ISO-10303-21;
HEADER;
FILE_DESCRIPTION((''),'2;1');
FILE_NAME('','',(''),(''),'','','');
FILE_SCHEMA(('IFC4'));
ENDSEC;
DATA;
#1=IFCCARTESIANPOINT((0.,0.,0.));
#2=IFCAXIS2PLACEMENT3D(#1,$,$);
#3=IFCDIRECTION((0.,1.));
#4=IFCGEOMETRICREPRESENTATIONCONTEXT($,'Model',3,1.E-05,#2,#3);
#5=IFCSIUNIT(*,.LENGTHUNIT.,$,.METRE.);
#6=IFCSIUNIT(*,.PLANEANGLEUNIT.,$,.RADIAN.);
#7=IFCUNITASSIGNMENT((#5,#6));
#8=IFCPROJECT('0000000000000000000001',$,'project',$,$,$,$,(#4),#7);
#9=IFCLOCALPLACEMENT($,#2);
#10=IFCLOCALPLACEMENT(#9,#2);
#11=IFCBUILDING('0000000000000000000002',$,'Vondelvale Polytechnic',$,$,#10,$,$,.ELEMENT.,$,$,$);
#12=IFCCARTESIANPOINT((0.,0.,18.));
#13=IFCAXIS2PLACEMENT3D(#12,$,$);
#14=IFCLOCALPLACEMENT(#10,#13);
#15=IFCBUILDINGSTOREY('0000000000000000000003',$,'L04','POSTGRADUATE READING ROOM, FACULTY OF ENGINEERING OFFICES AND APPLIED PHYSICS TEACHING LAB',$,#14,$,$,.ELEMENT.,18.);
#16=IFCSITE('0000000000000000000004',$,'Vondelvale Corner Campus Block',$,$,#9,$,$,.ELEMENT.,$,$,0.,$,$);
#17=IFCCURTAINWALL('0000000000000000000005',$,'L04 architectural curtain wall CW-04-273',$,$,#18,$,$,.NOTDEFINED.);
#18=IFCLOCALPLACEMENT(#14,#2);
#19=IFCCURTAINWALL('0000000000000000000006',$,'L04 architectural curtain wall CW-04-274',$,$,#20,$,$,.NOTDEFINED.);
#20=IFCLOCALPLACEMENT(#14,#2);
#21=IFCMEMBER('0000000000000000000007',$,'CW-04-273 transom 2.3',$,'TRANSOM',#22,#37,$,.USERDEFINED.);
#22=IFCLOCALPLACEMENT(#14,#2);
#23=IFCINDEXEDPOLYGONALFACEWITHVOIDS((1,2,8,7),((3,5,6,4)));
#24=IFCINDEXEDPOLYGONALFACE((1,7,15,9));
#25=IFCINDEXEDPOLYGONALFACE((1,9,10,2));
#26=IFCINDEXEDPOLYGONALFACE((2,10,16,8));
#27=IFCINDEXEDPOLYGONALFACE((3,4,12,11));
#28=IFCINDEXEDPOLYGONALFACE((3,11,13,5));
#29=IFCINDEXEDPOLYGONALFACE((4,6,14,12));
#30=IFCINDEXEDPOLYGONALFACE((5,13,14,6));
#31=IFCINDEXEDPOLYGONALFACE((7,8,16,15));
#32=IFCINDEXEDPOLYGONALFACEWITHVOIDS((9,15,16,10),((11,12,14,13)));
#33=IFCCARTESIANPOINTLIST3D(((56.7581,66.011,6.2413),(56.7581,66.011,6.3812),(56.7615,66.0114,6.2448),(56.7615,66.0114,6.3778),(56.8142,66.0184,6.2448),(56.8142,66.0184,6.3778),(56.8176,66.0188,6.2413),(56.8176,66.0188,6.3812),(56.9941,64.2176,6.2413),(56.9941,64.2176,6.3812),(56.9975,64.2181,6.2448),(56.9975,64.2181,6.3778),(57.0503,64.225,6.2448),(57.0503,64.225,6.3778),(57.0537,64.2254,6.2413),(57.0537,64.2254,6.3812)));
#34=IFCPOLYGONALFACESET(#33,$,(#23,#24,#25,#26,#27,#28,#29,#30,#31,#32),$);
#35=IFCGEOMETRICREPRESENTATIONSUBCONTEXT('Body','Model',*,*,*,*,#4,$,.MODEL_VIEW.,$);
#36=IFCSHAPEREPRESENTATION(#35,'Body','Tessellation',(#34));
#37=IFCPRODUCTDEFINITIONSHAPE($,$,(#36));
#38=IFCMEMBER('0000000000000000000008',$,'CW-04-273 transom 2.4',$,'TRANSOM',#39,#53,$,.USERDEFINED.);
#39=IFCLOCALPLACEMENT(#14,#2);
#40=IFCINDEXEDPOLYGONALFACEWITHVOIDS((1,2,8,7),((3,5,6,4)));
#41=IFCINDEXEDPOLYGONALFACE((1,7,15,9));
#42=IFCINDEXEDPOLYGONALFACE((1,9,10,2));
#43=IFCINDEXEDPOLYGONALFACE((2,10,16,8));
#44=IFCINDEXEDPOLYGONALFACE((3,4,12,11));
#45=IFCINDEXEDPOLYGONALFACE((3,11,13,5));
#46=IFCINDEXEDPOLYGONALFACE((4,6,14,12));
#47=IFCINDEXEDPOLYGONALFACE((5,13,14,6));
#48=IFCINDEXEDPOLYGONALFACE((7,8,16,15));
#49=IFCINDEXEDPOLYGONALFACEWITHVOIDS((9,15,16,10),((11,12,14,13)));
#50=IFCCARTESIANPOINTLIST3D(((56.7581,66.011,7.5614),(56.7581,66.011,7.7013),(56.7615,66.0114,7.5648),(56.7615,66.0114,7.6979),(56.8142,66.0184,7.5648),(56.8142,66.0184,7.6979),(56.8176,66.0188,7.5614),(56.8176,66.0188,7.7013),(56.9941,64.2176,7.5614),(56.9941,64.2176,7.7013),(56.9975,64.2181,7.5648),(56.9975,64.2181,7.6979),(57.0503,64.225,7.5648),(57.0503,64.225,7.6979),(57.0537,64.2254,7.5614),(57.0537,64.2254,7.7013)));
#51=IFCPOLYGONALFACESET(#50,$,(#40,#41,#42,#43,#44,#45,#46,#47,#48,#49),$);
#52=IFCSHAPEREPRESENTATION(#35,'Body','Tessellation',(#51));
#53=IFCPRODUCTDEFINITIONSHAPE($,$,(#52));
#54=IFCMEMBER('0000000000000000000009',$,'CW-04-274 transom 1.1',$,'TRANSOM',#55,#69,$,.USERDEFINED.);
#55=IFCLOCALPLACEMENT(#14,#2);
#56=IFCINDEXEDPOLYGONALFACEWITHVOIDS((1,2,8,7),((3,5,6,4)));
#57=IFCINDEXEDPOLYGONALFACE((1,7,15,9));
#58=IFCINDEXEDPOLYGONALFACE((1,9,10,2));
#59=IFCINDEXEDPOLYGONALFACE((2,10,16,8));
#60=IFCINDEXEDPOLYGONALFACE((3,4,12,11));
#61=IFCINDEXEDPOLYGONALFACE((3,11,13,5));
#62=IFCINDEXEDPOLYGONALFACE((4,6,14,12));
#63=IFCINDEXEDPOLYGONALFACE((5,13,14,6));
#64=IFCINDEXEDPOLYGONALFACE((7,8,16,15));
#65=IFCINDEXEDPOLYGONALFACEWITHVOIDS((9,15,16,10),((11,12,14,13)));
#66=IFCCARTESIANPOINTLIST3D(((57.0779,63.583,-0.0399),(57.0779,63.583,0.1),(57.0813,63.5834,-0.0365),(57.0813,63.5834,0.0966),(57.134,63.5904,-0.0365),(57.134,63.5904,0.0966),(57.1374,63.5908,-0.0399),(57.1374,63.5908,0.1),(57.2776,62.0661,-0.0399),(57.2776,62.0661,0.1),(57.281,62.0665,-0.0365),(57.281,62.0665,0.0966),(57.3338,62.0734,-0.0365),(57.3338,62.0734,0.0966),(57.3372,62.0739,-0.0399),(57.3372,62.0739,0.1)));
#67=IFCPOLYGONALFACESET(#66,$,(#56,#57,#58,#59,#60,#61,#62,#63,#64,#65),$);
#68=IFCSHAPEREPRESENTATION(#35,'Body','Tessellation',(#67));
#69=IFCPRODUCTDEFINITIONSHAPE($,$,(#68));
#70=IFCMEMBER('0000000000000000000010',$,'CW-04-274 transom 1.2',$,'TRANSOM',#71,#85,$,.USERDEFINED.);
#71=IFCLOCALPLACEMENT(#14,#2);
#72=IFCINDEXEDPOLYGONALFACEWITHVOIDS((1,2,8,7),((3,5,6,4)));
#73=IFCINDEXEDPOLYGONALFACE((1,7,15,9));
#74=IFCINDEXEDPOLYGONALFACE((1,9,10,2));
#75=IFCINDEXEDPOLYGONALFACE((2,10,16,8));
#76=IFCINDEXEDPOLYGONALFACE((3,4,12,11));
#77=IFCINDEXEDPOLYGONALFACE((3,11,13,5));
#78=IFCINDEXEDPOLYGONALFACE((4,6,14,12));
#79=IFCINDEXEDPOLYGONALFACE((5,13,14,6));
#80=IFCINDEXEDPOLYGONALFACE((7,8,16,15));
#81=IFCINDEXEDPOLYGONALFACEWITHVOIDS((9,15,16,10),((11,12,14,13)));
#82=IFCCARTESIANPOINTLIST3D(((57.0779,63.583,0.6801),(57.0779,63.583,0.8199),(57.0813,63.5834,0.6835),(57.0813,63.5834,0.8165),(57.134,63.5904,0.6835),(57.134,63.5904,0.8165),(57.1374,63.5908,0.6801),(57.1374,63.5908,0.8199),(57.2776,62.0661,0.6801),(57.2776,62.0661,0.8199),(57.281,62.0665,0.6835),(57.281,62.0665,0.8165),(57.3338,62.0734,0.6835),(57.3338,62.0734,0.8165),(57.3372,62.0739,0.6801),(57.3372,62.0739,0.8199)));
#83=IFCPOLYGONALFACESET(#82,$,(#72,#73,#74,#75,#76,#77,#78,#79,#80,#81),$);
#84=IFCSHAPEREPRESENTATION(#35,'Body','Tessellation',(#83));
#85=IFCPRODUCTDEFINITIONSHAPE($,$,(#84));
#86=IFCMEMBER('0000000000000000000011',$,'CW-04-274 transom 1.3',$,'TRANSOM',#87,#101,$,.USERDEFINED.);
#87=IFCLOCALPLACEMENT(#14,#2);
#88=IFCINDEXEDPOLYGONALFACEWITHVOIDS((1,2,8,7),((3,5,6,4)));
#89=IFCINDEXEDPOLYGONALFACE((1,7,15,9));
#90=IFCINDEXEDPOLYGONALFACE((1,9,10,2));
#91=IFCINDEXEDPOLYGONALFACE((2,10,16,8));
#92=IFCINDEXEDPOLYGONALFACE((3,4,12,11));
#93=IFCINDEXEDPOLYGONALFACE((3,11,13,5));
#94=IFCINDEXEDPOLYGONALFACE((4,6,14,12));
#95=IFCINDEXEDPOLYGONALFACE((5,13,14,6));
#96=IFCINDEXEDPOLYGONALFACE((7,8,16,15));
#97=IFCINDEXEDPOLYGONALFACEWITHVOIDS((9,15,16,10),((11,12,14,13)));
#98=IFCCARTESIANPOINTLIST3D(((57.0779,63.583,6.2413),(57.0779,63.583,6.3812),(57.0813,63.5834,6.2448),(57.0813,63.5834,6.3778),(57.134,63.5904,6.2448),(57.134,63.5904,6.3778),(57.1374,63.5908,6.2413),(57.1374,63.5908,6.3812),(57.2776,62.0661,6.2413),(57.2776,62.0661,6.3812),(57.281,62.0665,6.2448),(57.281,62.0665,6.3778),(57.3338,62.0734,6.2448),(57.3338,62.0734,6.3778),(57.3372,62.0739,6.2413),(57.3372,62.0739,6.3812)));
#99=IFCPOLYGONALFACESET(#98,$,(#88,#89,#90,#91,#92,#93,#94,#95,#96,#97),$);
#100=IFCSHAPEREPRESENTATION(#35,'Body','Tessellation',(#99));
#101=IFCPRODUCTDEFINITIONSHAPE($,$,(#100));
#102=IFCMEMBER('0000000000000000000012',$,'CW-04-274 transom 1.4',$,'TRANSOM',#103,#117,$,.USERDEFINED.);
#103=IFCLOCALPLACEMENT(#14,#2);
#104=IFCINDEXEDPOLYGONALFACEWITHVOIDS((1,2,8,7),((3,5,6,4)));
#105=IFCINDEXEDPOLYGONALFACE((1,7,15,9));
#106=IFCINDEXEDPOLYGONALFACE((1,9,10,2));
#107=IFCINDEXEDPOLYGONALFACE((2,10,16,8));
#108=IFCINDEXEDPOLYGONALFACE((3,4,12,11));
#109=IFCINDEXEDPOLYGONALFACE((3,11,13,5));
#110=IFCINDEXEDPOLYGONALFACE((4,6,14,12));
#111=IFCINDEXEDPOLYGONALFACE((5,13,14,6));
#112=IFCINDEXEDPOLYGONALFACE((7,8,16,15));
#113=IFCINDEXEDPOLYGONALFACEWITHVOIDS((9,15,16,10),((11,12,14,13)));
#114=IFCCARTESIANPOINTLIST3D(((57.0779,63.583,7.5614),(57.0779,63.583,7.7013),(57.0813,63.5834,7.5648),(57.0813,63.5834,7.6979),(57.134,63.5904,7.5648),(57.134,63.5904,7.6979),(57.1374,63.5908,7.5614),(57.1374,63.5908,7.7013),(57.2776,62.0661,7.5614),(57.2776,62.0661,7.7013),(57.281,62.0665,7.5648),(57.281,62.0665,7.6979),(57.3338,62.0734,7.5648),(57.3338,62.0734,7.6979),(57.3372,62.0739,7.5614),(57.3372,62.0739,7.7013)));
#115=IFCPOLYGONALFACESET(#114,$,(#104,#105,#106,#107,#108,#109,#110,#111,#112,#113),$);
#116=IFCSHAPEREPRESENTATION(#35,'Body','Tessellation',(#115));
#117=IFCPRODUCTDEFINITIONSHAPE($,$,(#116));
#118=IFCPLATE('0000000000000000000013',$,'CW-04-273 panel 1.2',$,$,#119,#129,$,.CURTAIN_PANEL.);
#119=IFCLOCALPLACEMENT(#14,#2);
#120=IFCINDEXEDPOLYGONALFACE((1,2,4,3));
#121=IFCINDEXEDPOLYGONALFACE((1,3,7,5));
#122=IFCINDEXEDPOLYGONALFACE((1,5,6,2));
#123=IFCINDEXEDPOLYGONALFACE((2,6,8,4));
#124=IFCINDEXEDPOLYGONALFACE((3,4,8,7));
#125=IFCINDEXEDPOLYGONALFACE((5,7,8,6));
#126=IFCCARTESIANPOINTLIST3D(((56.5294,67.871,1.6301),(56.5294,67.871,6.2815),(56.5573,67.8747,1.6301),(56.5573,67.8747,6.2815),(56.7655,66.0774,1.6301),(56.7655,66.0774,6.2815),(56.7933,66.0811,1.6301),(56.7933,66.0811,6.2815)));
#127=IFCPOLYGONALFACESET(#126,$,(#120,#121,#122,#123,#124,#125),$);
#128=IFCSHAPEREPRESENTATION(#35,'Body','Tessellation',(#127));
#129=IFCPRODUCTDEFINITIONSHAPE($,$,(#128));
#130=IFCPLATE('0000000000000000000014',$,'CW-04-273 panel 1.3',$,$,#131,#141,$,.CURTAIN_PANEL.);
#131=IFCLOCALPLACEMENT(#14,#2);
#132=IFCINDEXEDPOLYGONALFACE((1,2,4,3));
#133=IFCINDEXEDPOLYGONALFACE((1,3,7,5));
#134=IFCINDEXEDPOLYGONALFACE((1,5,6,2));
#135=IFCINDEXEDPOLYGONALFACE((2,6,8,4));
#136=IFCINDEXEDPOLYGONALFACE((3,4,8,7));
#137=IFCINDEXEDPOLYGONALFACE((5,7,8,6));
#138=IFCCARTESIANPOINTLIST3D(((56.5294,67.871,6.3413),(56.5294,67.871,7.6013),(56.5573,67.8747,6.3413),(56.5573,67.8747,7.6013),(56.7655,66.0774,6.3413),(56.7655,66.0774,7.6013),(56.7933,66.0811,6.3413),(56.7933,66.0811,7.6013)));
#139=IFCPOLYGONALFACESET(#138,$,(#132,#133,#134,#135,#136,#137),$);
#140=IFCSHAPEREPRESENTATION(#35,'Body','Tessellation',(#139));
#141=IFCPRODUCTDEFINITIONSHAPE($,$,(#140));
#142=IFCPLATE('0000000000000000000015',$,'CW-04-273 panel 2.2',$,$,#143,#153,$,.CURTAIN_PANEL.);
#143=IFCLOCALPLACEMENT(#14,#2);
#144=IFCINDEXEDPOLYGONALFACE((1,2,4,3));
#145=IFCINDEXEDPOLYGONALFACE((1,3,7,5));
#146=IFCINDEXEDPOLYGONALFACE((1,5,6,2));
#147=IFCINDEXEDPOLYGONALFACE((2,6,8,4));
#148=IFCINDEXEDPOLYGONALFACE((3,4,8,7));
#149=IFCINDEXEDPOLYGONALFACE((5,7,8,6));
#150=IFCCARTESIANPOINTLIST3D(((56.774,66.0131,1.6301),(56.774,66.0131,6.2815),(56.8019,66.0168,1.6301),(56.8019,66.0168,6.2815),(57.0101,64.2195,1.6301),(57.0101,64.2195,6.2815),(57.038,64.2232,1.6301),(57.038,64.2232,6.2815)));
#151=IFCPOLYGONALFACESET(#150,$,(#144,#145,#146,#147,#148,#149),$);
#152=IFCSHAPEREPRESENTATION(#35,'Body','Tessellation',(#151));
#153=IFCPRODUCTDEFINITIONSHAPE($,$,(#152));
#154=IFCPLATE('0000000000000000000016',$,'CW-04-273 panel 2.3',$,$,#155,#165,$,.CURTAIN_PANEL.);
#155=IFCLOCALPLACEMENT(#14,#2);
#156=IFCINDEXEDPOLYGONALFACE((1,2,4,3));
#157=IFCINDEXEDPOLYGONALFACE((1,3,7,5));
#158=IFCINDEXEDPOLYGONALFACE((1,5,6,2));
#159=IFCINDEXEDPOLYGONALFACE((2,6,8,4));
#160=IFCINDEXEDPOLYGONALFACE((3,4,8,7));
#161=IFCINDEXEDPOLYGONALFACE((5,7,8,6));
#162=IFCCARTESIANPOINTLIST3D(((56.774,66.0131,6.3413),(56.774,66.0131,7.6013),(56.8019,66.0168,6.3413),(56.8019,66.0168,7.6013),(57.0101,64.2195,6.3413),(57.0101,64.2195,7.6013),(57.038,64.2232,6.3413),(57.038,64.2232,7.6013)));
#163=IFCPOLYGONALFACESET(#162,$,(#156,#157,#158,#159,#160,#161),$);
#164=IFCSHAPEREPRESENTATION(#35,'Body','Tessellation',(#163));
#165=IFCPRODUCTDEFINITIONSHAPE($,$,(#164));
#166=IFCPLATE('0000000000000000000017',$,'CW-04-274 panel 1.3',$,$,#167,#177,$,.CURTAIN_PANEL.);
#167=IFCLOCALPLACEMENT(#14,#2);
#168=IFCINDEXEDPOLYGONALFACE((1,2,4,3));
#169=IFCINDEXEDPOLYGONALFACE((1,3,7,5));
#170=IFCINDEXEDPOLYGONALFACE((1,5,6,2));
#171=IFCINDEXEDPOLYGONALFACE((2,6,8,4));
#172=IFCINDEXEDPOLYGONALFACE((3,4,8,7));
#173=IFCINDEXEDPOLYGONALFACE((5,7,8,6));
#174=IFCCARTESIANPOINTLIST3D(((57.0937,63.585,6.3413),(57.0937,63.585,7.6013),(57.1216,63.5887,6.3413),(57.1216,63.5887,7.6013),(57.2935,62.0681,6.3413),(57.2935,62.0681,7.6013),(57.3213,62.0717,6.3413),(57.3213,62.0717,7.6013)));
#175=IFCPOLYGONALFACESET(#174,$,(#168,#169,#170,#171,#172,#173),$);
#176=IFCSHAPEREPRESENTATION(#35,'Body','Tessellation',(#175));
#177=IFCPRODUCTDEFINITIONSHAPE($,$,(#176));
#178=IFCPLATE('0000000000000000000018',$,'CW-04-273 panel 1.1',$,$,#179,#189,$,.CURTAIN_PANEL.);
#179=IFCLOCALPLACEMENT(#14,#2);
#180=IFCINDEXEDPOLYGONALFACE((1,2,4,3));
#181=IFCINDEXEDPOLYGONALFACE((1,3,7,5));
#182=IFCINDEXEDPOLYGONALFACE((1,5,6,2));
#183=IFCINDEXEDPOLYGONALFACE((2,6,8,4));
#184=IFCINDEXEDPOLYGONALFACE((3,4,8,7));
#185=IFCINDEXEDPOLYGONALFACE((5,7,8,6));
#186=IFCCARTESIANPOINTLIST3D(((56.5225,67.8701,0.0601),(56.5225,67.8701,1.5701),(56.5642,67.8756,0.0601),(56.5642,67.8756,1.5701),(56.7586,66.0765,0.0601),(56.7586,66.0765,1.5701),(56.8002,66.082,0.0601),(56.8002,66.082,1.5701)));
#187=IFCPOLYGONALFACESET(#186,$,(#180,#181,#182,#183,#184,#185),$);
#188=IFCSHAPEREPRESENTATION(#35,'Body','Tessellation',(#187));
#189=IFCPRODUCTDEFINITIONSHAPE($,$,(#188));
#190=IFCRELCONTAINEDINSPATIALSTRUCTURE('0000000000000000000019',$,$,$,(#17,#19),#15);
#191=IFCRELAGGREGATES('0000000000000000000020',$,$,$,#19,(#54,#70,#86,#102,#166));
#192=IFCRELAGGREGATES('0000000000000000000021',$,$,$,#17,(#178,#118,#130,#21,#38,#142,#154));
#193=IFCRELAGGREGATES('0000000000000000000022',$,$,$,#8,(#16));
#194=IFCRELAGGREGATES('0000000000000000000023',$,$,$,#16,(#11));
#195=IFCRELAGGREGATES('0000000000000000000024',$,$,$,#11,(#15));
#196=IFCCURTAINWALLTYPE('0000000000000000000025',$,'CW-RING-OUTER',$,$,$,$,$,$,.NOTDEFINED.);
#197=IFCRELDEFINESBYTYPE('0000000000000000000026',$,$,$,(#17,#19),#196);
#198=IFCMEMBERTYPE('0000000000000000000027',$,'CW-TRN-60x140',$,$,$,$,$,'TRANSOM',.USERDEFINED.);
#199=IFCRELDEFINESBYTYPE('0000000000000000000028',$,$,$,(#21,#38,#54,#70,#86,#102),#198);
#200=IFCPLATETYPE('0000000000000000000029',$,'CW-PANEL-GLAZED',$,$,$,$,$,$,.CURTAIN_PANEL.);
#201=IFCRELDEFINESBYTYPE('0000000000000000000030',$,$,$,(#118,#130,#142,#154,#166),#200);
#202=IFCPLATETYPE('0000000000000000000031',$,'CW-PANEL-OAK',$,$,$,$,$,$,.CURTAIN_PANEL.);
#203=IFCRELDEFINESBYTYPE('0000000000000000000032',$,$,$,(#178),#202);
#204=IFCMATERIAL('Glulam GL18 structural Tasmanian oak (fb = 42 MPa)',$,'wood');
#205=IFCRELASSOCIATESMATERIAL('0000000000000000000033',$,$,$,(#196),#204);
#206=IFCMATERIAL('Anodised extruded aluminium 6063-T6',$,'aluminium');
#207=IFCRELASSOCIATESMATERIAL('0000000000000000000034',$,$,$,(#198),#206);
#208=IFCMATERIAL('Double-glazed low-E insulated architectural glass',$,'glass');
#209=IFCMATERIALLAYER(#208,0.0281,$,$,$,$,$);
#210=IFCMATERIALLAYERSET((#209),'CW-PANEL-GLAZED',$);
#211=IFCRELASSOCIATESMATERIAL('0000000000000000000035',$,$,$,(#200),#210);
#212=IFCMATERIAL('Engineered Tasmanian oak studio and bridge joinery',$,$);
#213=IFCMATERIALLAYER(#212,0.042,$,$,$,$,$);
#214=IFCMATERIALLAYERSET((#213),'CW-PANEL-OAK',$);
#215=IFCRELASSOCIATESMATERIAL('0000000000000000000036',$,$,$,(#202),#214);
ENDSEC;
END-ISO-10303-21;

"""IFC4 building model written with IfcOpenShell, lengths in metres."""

from ifc_helpers import new_model, si_unit, direction, frame, origin, origin_2d, place, context, subcontext, project, spatial, rectangle, hollow_rectangle, extrude, material, layer, layer_set, material_profile, profile_set, type_object, element, aggregate, save


model = new_model("IFC4")

# Units and contexts
model_context = context("Model", 3, precision=1e-05, world=origin(), true_north=direction((0.0, 1.0)))
body_context = subcontext(model_context, "Body", "Model", "MODEL_VIEW")
ifc_project = project(units=[si_unit("LENGTHUNIT", "METRE"), si_unit("PLANEANGLEUNIT", "RADIAN")], contexts=[model_context])

# Site, building, storey
site_placement = place(None, origin())
site = spatial("IfcSite", under=ifc_project, at=site_placement, Name="Vondelvale Corner Campus Block", CompositionType="ELEMENT", RefElevation=0.0)
building_placement = place(site_placement, origin())
building = spatial("IfcBuilding", under=site, at=building_placement, Name="Vondelvale Polytechnic", CompositionType="ELEMENT")
storey_placement = place(building_placement, frame((0.0, 0.0, 18.0)))
storey = spatial("IfcBuildingStorey", under=building, at=storey_placement, Name="L04", Description="POSTGRADUATE READING ROOM, FACULTY OF ENGINEERING OFFICES AND APPLIED PHYSICS TEACHING LAB", CompositionType="ELEMENT", Elevation=18.0)

# Shared definitions
ifc_material_1 = material(Name="Glulam GL18 structural Tasmanian oak (fb = 42 MPa)", Category="wood")

# Curtain wall
curtain_wall_type = type_object("IfcCurtainWallType", Name="CW-RING-OUTER", PredefinedType="NOTDEFINED", material=ifc_material_1)
curtain_wall_1_placement = place(storey_placement, origin())
curtain_wall_1 = element("IfcCurtainWall", 1, at=curtain_wall_1_placement, inside=storey, type_object=curtain_wall_type, Name="L04 architectural curtain wall CW-04-273", PredefinedType="NOTDEFINED")
ifc_material_2 = material(Name="Anodised extruded aluminium 6063-T6", Category="aluminium")

# Curtain wall
curtain_wall_2_placement = place(storey_placement, origin())
curtain_wall_2 = element("IfcCurtainWall", 2, at=curtain_wall_2_placement, inside=storey, type_object=curtain_wall_type, Name="L04 architectural curtain wall CW-04-274", PredefinedType="NOTDEFINED")

# Members
ifc_material_profile_1 = material_profile(ifc_material_2, hollow_rectangle(XDim=0.0601, YDim=0.1399, WallThickness=0.0034, at=origin_2d()), Name="CW-TRN-140x60")
ifc_profile_set_1 = profile_set([ifc_material_profile_1], Name="Anodised extruded aluminium 6063-T6")
member_type_1 = type_object("IfcMemberType", Name="CW-TRN-60x140", ElementType="TRANSOM", PredefinedType="USERDEFINED", material=ifc_profile_set_1)
member_1_placement = place(storey_placement, frame((56.7878, 66.0149, 6.3113), z_axis=(0.13051, -0.991447, 0.0), x_axis=(0.991447, 0.13051, 0.0)))
member_1 = element("IfcMember", 3, at=member_1_placement, type_object=member_type_1, Name="CW-04-273 transom 2.3", ObjectType="TRANSOM", PredefinedType="USERDEFINED", context=body_context, shape_type="SweptSolid", body=[
    extrude(hollow_rectangle(XDim=0.0601, YDim=0.1399, WallThickness=0.0034, at=origin_2d()), origin(), (0.0, 0.0, 1.0), 1.8088),
])
member_2_placement = place(storey_placement, frame((56.7878, 66.0149, 7.6313), z_axis=(0.13051, -0.991447, 0.0), x_axis=(0.991447, 0.13051, 0.0)))
member_2 = element("IfcMember", 4, at=member_2_placement, type_object=member_type_1, Name="CW-04-273 transom 2.4", ObjectType="TRANSOM", PredefinedType="USERDEFINED", context=body_context, shape_type="SweptSolid", body=[
    extrude(hollow_rectangle(XDim=0.0601, YDim=0.1399, WallThickness=0.0034, at=origin_2d()), origin(), (0.0, 0.0, 1.0), 1.8088),
])
member_3_placement = place(storey_placement, frame((57.1077, 63.5869, 0.03), z_axis=(0.130533, -0.991444, 0.0), x_axis=(0.991444, 0.130533, 0.0)))
member_3 = element("IfcMember", 5, at=member_3_placement, type_object=member_type_1, Name="CW-04-274 transom 1.1", ObjectType="TRANSOM", PredefinedType="USERDEFINED", context=body_context, shape_type="SweptSolid", body=[
    extrude(hollow_rectangle(XDim=0.0601, YDim=0.1399, WallThickness=0.0034, at=origin_2d()), origin(), (0.0, 0.0, 1.0), 1.53),
])
member_4_placement = place(storey_placement, frame((57.1077, 63.5869, 0.75), z_axis=(0.130533, -0.991444, 0.0), x_axis=(0.991444, 0.130533, 0.0)))
member_4 = element("IfcMember", 6, at=member_4_placement, type_object=member_type_1, Name="CW-04-274 transom 1.2", ObjectType="TRANSOM", PredefinedType="USERDEFINED", context=body_context, shape_type="SweptSolid", body=[
    extrude(hollow_rectangle(XDim=0.0601, YDim=0.1399, WallThickness=0.0034, at=origin_2d()), origin(), (0.0, 0.0, 1.0), 1.53),
])
member_5_placement = place(storey_placement, frame((57.1077, 63.5869, 6.3113), z_axis=(0.130533, -0.991444, 0.0), x_axis=(0.991444, 0.130533, 0.0)))
member_5 = element("IfcMember", 7, at=member_5_placement, type_object=member_type_1, Name="CW-04-274 transom 1.3", ObjectType="TRANSOM", PredefinedType="USERDEFINED", context=body_context, shape_type="SweptSolid", body=[
    extrude(hollow_rectangle(XDim=0.0601, YDim=0.1399, WallThickness=0.0034, at=origin_2d()), origin(), (0.0, 0.0, 1.0), 1.53),
])
member_6_placement = place(storey_placement, frame((57.1077, 63.5869, 7.6313), z_axis=(0.130533, -0.991444, 0.0), x_axis=(0.991444, 0.130533, 0.0)))
member_6 = element("IfcMember", 8, at=member_6_placement, type_object=member_type_1, Name="CW-04-274 transom 1.4", ObjectType="TRANSOM", PredefinedType="USERDEFINED", context=body_context, shape_type="SweptSolid", body=[
    extrude(hollow_rectangle(XDim=0.0601, YDim=0.1399, WallThickness=0.0034, at=origin_2d()), origin(), (0.0, 0.0, 1.0), 1.53),
])

# Plates
ifc_material_3 = material(Name="Double-glazed low-E insulated architectural glass", Category="glass")
ifc_layer_1 = layer(ifc_material_3, 0.0281)
ifc_layer_set_1 = layer_set([ifc_layer_1], Name="CW-PANEL-GLAZED")
plate_type_1 = type_object("IfcPlateType", Name="CW-PANEL-GLAZED", PredefinedType="CURTAIN_PANEL", material=ifc_layer_set_1)
plate_1_placement = place(storey_placement, frame((56.6614, 66.9761, 1.6301), z_axis=(0.0, 0.0, 1.0), x_axis=(0.130497, -0.991449, 0.0)))
plate_1 = element("IfcPlate", 9, at=plate_1_placement, type_object=plate_type_1, Name="CW-04-273 panel 1.2", PredefinedType="CURTAIN_PANEL", context=body_context, shape_type="SweptSolid", body=[
    extrude(rectangle(XDim=1.8091, YDim=0.0281, at=origin_2d()), origin(), (0.0, 0.0, 1.0), 4.6514),
])
plate_2_placement = place(storey_placement, frame((56.6614, 66.9761, 6.3413), z_axis=(0.0, 0.0, 1.0), x_axis=(0.130497, -0.991449, 0.0)))
plate_2 = element("IfcPlate", 10, at=plate_2_placement, type_object=plate_type_1, Name="CW-04-273 panel 1.3", PredefinedType="CURTAIN_PANEL", context=body_context, shape_type="SweptSolid", body=[
    extrude(rectangle(XDim=1.8091, YDim=0.0281, at=origin_2d()), origin(), (0.0, 0.0, 1.0), 1.26),
])
plate_3_placement = place(storey_placement, frame((56.906, 65.1182, 1.6301), z_axis=(0.0, 0.0, 1.0), x_axis=(0.130497, -0.991449, 0.0)))
plate_3 = element("IfcPlate", 11, at=plate_3_placement, type_object=plate_type_1, Name="CW-04-273 panel 2.2", PredefinedType="CURTAIN_PANEL", context=body_context, shape_type="SweptSolid", body=[
    extrude(rectangle(XDim=1.8091, YDim=0.0281, at=origin_2d()), origin(), (0.0, 0.0, 1.0), 4.6514),
])
plate_4_placement = place(storey_placement, frame((56.906, 65.1182, 6.3413), z_axis=(0.0, 0.0, 1.0), x_axis=(0.130497, -0.991449, 0.0)))
plate_4 = element("IfcPlate", 12, at=plate_4_placement, type_object=plate_type_1, Name="CW-04-273 panel 2.3", PredefinedType="CURTAIN_PANEL", context=body_context, shape_type="SweptSolid", body=[
    extrude(rectangle(XDim=1.8091, YDim=0.0281, at=origin_2d()), origin(), (0.0, 0.0, 1.0), 1.26),
])
plate_5_placement = place(storey_placement, frame((57.2075, 62.8284, 6.3413), z_axis=(0.0, 0.0, 1.0), x_axis=(0.13054, -0.991443, 0.0)))
plate_5 = element("IfcPlate", 13, at=plate_5_placement, type_object=plate_type_1, Name="CW-04-274 panel 1.3", PredefinedType="CURTAIN_PANEL", context=body_context, shape_type="SweptSolid", body=[
    extrude(rectangle(XDim=1.53, YDim=0.0281, at=origin_2d()), origin(), (0.0, 0.0, 1.0), 1.26),
])
aggregate(curtain_wall_2, [member_3, member_4, member_5, member_6, plate_5])
ifc_material_4 = material(Name="Engineered Tasmanian oak studio and bridge joinery")
ifc_layer_2 = layer(ifc_material_4, 0.042)
ifc_layer_set_2 = layer_set([ifc_layer_2], Name="CW-PANEL-OAK")
plate_type_2 = type_object("IfcPlateType", Name="CW-PANEL-OAK", PredefinedType="CURTAIN_PANEL", material=ifc_layer_set_2)
plate_6_placement = place(storey_placement, frame((56.6614, 66.9761, 0.0601), z_axis=(0.0, 0.0, 1.0), x_axis=(0.130497, -0.991449, 0.0)))
plate_6 = element("IfcPlate", 14, at=plate_6_placement, type_object=plate_type_2, Name="CW-04-273 panel 1.1", PredefinedType="CURTAIN_PANEL", context=body_context, shape_type="SweptSolid", body=[
    extrude(rectangle(XDim=1.8091, YDim=0.042, at=origin_2d()), origin(), (0.0, 0.0, 1.0), 1.51),
])
aggregate(curtain_wall_1, [plate_6, plate_1, plate_2, member_1, member_2, plate_3, plate_4])

save(model, "model.ifc")
